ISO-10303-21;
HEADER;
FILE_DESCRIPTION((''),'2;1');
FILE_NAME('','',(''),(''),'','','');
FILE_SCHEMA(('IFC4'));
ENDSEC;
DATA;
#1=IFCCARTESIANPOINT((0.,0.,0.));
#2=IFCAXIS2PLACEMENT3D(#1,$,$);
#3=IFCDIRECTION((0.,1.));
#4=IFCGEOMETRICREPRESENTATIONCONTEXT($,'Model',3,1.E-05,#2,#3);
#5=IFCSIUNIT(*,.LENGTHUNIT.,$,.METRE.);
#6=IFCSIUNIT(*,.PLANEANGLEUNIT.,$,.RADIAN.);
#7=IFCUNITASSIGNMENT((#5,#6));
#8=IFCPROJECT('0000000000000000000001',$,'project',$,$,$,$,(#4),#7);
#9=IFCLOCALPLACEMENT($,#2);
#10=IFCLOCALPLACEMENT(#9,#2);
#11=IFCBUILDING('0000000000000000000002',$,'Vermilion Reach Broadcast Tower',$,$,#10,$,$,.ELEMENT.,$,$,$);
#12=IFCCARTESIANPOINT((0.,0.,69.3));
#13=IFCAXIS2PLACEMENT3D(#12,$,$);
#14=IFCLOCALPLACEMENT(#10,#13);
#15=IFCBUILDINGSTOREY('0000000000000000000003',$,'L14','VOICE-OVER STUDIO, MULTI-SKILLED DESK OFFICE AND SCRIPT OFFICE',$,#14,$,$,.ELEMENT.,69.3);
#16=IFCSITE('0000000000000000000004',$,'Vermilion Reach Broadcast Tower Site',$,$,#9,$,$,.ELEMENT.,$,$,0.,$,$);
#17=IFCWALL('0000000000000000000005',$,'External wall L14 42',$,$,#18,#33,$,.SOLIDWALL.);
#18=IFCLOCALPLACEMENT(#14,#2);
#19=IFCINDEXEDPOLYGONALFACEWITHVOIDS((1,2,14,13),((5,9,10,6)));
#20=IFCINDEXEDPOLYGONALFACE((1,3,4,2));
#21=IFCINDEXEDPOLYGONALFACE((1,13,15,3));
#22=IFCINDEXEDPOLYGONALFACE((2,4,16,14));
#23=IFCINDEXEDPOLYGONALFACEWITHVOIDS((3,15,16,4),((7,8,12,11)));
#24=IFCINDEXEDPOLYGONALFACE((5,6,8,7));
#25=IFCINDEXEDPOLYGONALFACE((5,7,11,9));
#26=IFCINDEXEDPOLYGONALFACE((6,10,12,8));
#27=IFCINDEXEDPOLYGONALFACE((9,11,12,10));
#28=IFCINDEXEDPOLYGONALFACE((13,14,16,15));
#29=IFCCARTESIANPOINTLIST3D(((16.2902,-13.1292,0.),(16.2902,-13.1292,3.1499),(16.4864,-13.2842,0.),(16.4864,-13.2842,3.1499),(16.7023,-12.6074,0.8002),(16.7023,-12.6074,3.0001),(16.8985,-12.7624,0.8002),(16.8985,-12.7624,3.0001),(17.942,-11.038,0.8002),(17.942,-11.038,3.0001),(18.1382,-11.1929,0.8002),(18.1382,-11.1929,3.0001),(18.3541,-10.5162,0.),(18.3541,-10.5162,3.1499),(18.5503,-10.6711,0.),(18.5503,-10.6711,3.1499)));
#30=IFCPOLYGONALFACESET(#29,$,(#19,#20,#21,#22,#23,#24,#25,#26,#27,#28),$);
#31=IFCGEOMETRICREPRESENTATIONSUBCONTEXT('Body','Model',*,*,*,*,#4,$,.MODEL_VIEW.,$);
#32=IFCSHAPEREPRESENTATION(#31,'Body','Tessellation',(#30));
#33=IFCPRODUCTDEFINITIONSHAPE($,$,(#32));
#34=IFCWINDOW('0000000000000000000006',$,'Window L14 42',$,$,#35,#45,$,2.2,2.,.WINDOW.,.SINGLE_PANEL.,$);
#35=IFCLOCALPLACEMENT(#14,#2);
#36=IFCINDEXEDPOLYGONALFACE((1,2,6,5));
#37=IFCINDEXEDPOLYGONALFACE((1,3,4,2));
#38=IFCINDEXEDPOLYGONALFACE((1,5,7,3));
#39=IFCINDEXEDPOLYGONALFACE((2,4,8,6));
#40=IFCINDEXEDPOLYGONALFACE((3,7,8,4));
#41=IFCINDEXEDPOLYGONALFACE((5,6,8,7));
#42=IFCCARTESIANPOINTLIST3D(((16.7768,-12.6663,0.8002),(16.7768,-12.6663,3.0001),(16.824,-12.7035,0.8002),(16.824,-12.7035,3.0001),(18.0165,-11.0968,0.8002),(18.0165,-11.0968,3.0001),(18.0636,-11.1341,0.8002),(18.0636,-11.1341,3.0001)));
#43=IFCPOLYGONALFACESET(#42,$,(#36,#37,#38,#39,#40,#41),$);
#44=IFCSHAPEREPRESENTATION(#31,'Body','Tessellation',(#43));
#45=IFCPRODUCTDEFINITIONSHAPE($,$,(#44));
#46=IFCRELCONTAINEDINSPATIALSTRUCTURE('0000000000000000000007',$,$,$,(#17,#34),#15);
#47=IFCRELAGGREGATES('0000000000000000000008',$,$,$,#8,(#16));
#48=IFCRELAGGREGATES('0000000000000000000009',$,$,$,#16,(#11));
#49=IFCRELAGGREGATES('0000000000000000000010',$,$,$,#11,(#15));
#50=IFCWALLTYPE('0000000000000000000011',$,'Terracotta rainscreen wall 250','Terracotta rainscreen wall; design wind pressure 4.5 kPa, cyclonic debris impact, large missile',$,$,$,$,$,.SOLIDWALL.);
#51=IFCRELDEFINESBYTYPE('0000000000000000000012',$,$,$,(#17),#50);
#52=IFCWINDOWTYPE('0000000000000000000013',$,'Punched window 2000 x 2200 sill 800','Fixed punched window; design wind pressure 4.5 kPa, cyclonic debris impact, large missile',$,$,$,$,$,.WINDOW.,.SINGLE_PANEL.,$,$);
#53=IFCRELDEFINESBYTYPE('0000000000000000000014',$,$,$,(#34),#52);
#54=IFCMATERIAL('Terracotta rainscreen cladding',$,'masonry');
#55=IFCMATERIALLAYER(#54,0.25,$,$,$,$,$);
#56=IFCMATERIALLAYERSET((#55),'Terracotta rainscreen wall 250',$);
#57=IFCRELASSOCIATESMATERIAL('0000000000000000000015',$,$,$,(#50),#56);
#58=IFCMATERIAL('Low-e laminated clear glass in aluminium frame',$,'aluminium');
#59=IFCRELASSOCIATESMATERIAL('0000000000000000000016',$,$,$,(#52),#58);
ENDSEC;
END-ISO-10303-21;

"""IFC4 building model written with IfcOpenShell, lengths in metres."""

from ifc_helpers import new_model, si_unit, direction, frame, frame_2d, origin, place, context, subcontext, project, spatial, rectangle, extrude, material, layer, layer_set, type_object, element, fill, save


model = new_model("IFC4")

# Units and contexts
model_context = context("Model", 3, precision=1e-05, world=origin(), true_north=direction((0.0, 1.0)))
body_context = subcontext(model_context, "Body", "Model", "MODEL_VIEW")
ifc_project = project(units=[si_unit("LENGTHUNIT", "METRE"), si_unit("PLANEANGLEUNIT", "RADIAN")], contexts=[model_context])

# Site, building, storey
site_placement = place(None, origin())
site = spatial("IfcSite", under=ifc_project, at=site_placement, Name="Vermilion Reach Broadcast Tower Site", CompositionType="ELEMENT", RefElevation=0.0)
building_placement = place(site_placement, origin())
building = spatial("IfcBuilding", under=site, at=building_placement, Name="Vermilion Reach Broadcast Tower", CompositionType="ELEMENT")
storey_placement = place(building_placement, frame((0.0, 0.0, 69.3)))
storey = spatial("IfcBuildingStorey", under=building, at=storey_placement, Name="L14", Description="VOICE-OVER STUDIO, MULTI-SKILLED DESK OFFICE AND SCRIPT OFFICE", CompositionType="ELEMENT", Elevation=69.3)

# Shared definitions
ifc_material_1 = material(Name="Terracotta rainscreen cladding", Category="masonry")
ifc_layer_1 = layer(ifc_material_1, 0.25)
ifc_layer_set_1 = layer_set([ifc_layer_1], Name="Terracotta rainscreen wall 250")
wall_type_1 = type_object("IfcWallType", Name="Terracotta rainscreen wall 250", Description="Terracotta rainscreen wall; design wind pressure 4.5 kPa, cyclonic debris impact, large missile", PredefinedType="SOLIDWALL", material=ifc_layer_set_1)

# Shared definitions
ifc_material_2 = material(Name="Low-e laminated clear glass in aluminium frame", Category="aluminium")
window_type = type_object("IfcWindowType", Name="Punched window 2000 x 2200 sill 800", Description="Fixed punched window; design wind pressure 4.5 kPa, cyclonic debris impact, large missile", PartitioningType="SINGLE_PANEL", PredefinedType="WINDOW", material=ifc_material_2)

# Wall, opening, window
wall_1_placement = place(storey_placement, frame((16.3882, -13.2068, 0.0), z_axis=(0.0, 0.0, 1.0), x_axis=(0.619837, 0.784731, 0.0)))
wall_1 = element("IfcWall", 1, at=wall_1_placement, inside=storey, type_object=wall_type_1, Name="External wall L14 42", PredefinedType="SOLIDWALL", context=body_context, shape_type="SweptSolid", body=[
    extrude(rectangle(XDim=3.3298, YDim=0.25, at=frame_2d((1.665, 0.0))), origin(), (0.0, 0.0, 1.0), 3.1499),
])
opening_1_placement = place(wall_1_placement, frame((0.665, 0.0, 0.8)))
opening_1 = element("IfcOpeningElement", 2, at=opening_1_placement, cuts=wall_1, PredefinedType="OPENING", context=body_context, shape_type="SweptSolid", body=[
    extrude(rectangle(XDim=2.0, YDim=2.2, at=frame_2d((1.0, 1.1001))), frame((0.0, 0.135, 0.0), z_axis=(0.0, -1.0, 0.0), x_axis=(1.0, 0.0, 0.0)), (0.0, 0.0, 1.0), 0.27),
])
window_1_placement = place(opening_1_placement, origin())
window_1 = element("IfcWindow", 3, at=window_1_placement, inside=storey, type_object=window_type, Name="Window L14 42", OverallHeight=2.2, OverallWidth=2.0, PartitioningType="SINGLE_PANEL", PredefinedType="WINDOW", context=body_context, shape_type="SweptSolid", body=[
    extrude(rectangle(XDim=2.0, YDim=2.2, at=frame_2d((1.0, 1.1001))), frame((0.0, 0.03, 0.0), z_axis=(0.0, -1.0, 0.0), x_axis=(1.0, 0.0, 0.0)), (0.0, 0.0, 1.0), 0.0601),
])
fill(opening_1, window_1)

save(model, "model.ifc")
